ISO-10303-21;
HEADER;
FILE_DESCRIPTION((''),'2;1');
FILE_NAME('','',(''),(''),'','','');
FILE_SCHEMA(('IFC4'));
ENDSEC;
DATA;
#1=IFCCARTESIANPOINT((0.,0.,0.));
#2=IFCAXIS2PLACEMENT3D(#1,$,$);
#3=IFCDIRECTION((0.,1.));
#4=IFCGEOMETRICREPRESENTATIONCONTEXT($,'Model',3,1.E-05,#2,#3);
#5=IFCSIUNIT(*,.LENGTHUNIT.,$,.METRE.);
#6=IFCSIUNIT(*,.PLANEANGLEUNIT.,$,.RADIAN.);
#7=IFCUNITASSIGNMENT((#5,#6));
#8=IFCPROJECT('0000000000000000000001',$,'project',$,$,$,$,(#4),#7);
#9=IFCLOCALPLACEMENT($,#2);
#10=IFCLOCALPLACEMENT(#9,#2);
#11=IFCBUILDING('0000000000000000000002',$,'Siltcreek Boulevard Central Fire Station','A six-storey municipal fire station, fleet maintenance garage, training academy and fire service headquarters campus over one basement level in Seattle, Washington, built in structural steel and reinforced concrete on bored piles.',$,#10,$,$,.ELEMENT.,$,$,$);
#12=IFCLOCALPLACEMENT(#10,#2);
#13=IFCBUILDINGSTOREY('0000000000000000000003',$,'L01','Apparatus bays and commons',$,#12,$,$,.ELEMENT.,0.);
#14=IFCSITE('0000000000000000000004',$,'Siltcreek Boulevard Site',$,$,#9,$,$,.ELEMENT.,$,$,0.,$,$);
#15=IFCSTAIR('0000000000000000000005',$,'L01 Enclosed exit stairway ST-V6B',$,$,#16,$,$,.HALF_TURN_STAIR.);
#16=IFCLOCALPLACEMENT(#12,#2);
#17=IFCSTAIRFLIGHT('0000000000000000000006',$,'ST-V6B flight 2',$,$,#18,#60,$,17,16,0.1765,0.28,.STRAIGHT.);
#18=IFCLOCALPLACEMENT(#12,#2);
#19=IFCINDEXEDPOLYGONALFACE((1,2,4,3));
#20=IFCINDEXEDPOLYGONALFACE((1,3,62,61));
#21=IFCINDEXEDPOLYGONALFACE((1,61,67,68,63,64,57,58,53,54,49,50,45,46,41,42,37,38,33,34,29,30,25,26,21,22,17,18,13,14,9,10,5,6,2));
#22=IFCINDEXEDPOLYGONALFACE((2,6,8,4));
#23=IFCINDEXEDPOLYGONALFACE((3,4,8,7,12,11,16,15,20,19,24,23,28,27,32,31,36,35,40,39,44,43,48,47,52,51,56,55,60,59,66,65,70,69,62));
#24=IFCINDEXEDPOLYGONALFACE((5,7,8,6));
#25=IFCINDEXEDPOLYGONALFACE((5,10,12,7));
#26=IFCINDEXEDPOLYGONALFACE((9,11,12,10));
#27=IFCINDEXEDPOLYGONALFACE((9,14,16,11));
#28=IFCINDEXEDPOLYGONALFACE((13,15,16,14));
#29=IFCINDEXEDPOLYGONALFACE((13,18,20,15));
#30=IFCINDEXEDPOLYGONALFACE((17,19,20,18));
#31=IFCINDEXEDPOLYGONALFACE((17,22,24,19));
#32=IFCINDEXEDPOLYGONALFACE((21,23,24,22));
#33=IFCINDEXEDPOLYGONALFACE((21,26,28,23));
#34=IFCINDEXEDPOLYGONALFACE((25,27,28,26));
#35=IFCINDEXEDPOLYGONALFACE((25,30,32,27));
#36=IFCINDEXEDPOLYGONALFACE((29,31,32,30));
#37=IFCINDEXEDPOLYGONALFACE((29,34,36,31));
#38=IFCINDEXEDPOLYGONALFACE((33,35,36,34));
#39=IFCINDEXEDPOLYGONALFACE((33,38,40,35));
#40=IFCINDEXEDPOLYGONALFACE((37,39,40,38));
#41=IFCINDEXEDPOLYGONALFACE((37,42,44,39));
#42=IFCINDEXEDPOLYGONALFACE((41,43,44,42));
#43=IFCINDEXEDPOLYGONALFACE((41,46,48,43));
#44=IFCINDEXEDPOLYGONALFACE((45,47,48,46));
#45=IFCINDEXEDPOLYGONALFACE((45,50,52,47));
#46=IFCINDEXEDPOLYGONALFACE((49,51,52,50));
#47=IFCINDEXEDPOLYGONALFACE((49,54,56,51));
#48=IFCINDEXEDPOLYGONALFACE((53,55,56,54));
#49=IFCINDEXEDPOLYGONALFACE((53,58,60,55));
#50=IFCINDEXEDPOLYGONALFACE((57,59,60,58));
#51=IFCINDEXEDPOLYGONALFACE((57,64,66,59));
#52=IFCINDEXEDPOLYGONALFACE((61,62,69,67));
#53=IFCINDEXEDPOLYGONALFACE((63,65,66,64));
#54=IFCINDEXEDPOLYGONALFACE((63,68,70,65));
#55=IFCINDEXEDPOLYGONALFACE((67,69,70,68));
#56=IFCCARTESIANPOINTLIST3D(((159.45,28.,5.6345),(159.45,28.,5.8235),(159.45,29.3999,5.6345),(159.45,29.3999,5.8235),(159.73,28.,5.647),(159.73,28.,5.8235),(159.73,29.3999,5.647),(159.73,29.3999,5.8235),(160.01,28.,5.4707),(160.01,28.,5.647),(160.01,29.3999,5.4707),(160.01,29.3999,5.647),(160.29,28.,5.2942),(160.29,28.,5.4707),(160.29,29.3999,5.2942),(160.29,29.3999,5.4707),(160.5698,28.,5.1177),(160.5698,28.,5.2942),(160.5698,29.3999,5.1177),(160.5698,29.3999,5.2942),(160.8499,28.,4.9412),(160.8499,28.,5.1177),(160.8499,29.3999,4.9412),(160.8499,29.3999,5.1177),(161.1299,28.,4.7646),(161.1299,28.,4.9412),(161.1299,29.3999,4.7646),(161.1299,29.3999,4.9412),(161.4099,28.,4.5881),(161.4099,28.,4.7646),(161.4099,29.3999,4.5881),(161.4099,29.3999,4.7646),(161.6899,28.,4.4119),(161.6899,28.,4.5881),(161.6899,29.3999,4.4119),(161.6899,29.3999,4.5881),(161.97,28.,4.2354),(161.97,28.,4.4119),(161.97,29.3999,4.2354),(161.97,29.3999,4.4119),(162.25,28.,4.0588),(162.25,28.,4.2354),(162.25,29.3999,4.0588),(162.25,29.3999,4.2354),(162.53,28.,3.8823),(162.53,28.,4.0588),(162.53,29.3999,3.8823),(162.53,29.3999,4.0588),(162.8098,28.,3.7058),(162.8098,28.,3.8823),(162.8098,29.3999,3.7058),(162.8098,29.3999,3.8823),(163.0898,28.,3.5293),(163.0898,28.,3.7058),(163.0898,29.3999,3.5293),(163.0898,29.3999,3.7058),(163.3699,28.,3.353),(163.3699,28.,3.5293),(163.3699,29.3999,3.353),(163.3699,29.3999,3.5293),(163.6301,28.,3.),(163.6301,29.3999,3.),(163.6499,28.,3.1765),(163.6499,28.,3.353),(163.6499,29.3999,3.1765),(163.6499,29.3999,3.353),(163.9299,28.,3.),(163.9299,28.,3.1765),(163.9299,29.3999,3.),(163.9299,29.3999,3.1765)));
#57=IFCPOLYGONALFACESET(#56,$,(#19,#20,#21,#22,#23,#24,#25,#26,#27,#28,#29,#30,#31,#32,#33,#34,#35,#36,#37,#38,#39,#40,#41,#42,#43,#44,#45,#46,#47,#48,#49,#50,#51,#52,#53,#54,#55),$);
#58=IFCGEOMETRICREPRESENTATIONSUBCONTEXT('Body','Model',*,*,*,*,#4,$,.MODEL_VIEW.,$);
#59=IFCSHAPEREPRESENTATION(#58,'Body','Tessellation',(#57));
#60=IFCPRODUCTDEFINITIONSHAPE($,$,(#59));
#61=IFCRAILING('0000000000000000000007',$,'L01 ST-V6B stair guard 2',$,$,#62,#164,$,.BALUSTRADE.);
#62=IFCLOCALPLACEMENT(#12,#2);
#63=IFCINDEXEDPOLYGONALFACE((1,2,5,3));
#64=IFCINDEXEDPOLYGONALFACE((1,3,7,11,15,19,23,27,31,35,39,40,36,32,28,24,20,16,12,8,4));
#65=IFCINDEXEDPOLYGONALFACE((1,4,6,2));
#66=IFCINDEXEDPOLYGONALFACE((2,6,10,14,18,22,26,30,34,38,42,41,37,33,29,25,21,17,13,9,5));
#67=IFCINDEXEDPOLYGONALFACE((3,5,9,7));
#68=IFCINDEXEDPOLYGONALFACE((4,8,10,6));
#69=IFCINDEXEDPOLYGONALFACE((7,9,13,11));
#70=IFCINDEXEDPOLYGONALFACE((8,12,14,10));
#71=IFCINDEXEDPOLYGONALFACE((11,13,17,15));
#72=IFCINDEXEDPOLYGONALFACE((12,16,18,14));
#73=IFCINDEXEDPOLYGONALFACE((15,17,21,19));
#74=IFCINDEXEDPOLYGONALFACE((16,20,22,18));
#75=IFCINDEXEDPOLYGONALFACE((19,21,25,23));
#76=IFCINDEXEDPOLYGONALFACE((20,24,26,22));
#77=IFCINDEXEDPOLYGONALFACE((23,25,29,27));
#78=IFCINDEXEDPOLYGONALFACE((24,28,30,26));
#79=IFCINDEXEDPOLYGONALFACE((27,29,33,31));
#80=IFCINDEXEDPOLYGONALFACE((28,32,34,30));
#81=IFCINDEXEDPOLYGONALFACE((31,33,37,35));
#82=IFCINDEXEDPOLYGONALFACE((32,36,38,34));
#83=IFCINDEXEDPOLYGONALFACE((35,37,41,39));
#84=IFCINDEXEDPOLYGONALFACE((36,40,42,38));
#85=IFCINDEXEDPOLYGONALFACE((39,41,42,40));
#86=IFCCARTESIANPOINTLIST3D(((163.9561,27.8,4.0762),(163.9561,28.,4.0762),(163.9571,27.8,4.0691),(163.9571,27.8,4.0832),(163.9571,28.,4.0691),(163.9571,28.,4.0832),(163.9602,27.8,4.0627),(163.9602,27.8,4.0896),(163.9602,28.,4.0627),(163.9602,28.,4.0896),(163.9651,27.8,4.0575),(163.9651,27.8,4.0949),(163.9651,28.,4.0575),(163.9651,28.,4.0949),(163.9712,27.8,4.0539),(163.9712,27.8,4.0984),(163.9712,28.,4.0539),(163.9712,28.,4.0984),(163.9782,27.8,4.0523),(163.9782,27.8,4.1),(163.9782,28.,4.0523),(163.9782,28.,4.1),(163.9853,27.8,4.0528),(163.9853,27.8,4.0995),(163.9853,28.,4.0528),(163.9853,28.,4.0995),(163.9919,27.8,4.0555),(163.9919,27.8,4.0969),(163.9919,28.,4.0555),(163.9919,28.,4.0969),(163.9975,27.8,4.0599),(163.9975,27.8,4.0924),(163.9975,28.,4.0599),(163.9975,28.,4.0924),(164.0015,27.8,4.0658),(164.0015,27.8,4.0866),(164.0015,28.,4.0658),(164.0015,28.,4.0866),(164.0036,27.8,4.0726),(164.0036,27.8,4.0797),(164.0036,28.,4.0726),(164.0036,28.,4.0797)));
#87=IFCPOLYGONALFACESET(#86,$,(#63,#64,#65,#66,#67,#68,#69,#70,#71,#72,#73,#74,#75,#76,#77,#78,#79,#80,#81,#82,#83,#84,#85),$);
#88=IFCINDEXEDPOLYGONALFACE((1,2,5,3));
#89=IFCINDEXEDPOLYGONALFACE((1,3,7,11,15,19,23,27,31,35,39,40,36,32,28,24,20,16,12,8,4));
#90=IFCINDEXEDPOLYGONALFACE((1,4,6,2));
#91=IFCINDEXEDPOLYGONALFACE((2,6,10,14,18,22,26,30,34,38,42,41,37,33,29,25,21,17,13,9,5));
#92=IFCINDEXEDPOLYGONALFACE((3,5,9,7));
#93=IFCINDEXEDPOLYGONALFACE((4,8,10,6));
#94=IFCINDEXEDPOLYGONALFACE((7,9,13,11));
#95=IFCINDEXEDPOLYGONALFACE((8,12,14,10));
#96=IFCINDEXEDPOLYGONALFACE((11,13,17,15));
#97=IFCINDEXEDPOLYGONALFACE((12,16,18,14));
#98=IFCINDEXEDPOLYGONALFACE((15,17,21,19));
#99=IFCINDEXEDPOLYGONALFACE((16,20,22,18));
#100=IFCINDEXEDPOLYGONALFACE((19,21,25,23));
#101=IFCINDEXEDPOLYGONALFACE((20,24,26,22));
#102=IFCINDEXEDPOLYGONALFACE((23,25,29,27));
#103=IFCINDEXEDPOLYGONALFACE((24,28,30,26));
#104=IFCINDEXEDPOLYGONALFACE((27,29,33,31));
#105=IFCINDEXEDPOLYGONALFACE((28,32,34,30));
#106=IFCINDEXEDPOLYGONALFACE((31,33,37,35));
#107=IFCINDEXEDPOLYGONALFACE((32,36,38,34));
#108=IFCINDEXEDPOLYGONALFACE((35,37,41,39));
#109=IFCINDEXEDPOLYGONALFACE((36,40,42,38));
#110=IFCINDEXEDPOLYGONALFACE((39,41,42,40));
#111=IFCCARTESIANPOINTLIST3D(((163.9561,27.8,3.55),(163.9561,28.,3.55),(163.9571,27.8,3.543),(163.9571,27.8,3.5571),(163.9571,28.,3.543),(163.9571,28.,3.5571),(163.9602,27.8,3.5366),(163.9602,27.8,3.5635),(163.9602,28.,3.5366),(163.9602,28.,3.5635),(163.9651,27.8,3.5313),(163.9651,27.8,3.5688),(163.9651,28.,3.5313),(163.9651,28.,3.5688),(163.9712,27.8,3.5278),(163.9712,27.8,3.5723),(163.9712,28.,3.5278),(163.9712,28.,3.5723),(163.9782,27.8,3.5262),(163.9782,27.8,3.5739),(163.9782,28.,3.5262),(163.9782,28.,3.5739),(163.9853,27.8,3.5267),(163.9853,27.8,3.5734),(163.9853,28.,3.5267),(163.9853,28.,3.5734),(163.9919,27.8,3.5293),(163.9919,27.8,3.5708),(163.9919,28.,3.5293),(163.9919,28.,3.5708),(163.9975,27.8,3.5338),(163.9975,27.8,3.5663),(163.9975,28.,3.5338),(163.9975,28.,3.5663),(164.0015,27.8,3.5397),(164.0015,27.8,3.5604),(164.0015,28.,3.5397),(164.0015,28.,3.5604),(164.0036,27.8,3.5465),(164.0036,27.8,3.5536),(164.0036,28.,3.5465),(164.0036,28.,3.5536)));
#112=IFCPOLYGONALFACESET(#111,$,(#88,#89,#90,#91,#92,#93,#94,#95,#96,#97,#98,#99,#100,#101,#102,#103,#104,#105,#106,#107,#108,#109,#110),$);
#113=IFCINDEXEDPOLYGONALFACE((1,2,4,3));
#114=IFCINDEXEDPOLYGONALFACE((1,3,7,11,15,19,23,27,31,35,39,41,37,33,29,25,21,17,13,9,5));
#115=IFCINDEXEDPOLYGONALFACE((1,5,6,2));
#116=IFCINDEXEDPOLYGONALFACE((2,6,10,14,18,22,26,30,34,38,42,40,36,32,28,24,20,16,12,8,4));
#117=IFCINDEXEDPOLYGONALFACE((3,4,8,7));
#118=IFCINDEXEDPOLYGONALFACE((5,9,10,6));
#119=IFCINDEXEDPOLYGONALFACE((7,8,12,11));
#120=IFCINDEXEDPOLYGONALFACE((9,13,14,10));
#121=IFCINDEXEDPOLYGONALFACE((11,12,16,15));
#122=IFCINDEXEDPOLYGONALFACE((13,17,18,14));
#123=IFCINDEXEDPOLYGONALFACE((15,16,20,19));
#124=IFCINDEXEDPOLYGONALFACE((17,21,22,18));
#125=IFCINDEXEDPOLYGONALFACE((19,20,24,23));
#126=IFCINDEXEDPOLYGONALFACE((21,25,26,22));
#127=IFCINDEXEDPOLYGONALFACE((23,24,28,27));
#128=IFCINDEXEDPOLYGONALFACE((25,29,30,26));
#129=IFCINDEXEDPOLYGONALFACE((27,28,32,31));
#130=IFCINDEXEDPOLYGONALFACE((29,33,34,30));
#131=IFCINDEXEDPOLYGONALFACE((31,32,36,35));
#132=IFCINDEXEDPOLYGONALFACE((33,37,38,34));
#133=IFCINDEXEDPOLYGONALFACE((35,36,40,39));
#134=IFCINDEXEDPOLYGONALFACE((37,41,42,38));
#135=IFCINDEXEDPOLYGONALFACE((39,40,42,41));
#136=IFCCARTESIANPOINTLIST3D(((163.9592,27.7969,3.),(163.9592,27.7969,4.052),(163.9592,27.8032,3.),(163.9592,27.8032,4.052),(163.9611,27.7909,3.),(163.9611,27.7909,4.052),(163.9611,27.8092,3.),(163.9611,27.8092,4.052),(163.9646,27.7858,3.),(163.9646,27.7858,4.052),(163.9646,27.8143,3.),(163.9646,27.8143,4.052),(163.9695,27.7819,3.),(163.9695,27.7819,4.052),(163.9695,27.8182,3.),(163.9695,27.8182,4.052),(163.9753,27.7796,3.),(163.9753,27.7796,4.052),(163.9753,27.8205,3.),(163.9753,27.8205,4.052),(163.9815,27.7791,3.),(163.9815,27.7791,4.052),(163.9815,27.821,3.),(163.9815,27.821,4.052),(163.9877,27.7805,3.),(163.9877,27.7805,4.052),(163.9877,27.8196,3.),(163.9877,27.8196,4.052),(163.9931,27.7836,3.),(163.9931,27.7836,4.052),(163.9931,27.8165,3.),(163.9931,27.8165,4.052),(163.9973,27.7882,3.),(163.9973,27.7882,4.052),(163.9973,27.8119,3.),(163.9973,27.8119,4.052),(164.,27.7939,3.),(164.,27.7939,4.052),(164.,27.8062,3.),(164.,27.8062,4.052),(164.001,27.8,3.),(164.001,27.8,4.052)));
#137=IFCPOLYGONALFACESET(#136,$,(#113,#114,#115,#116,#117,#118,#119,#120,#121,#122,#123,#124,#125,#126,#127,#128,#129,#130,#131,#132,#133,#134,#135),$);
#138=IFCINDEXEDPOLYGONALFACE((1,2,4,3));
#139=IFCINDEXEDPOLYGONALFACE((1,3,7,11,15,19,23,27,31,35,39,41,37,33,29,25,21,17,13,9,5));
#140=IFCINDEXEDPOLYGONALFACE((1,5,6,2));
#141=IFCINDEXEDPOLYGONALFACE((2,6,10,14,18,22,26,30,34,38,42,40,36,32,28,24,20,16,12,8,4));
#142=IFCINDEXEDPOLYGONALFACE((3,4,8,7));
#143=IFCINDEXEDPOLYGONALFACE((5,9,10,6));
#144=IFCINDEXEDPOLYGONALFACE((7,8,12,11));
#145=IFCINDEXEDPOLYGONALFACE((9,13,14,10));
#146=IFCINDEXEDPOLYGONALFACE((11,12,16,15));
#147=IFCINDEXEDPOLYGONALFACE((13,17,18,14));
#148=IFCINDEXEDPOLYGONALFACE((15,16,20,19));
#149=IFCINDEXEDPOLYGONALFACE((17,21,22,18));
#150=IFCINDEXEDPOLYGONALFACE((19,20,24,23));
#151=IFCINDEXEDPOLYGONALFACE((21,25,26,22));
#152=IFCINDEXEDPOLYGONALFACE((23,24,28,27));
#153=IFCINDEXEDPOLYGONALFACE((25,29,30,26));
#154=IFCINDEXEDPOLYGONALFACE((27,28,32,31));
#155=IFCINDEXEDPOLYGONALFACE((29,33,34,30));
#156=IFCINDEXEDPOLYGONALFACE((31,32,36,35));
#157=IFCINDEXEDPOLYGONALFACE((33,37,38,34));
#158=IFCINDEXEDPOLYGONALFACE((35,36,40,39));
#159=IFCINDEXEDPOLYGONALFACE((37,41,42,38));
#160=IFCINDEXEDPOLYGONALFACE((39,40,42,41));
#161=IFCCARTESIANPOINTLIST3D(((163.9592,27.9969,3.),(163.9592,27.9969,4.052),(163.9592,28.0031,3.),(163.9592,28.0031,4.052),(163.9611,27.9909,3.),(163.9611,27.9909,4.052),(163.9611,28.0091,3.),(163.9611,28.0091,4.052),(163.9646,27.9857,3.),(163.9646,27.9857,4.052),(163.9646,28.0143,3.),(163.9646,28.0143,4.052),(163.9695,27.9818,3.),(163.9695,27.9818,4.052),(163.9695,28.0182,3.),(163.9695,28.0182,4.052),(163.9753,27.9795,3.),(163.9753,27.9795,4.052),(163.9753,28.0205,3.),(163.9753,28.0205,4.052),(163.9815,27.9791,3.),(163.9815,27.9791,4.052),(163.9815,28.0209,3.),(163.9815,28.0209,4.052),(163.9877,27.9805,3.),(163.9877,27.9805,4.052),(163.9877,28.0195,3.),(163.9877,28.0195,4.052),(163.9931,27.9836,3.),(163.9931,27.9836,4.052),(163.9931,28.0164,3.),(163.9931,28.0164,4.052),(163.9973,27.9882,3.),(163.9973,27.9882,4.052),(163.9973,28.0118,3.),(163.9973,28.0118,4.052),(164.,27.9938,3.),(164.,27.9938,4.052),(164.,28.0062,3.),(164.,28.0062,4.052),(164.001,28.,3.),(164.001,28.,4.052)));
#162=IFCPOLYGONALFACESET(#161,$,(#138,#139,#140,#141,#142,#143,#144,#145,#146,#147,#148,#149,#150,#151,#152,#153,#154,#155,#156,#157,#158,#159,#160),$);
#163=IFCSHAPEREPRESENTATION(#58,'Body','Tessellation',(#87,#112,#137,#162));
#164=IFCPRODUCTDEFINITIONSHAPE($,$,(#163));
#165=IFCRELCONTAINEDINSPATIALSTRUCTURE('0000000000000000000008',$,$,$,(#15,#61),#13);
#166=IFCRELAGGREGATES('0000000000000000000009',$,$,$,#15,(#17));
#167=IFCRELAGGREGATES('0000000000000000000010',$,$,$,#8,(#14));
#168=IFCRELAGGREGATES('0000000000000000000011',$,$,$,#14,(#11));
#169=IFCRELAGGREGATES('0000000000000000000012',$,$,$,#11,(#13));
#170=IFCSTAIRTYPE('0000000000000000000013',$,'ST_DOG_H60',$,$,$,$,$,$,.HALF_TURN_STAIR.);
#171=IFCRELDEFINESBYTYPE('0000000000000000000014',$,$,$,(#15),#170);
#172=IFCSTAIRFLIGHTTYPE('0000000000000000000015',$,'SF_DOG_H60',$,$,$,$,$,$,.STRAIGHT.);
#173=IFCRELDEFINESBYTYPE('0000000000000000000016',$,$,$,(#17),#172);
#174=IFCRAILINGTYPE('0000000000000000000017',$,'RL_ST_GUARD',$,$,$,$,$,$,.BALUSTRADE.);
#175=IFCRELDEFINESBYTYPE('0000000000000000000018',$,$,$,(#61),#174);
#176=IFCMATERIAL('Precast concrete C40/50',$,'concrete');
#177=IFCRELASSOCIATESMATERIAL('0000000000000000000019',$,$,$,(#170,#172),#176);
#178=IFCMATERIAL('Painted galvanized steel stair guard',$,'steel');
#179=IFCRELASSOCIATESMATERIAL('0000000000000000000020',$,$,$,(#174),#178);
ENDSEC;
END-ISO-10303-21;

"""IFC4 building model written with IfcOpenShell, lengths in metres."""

from ifc_helpers import new_model, si_unit, direction, frame, origin, origin_2d, place, context, subcontext, project, spatial, polyline, circle, outline, extrude, material, type_object, element, aggregate, save


model = new_model("IFC4")

# Units and contexts
model_context = context("Model", 3, precision=1e-05, world=origin(), true_north=direction((0.0, 1.0)))
body_context = subcontext(model_context, "Body", "Model", "MODEL_VIEW")
ifc_project = project(units=[si_unit("LENGTHUNIT", "METRE"), si_unit("PLANEANGLEUNIT", "RADIAN")], contexts=[model_context])

# Site, building, storey
site_placement = place(None, origin())
site = spatial("IfcSite", under=ifc_project, at=site_placement, Name="Siltcreek Boulevard Site", CompositionType="ELEMENT", RefElevation=0.0)
building_placement = place(site_placement, origin())
building = spatial("IfcBuilding", under=site, at=building_placement, Name="Siltcreek Boulevard Central Fire Station", Description="A six-storey municipal fire station, fleet maintenance garage, training academy and fire service headquarters campus over one basement level in Seattle, Washington, built in structural steel and reinforced concrete on bored piles.", CompositionType="ELEMENT")
storey_placement = place(building_placement, origin())
storey = spatial("IfcBuildingStorey", under=building, at=storey_placement, Name="L01", Description="Apparatus bays and commons", CompositionType="ELEMENT", Elevation=0.0)

# Stair, stair flight
ifc_material_1 = material(Name="Precast concrete C40/50", Category="concrete")
stair_type = type_object("IfcStairType", Name="ST_DOG_H60", PredefinedType="HALF_TURN_STAIR", material=ifc_material_1)
stair_placement = place(storey_placement, origin())
stair = element("IfcStair", 1, at=stair_placement, inside=storey, type_object=stair_type, Name="L01 Enclosed exit stairway ST-V6B", PredefinedType="HALF_TURN_STAIR")
stair_flight_type = type_object("IfcStairFlightType", Name="SF_DOG_H60", PredefinedType="STRAIGHT", material=ifc_material_1)
stair_flight_placement = place(storey_placement, frame((163.9299, 28.7, 3.0), z_axis=(0.0, 0.0, 1.0), x_axis=(-1.0, 0.0, 0.0)))
stair_flight = element("IfcStairFlight", 2, at=stair_flight_placement, type_object=stair_flight_type, Name="ST-V6B flight 2", NumberOfRisers=17, NumberOfTreads=16, PredefinedType="STRAIGHT", RiserHeight=0.1765, TreadLength=0.28, context=body_context, shape_type="SweptSolid", body=[
    extrude(outline(polyline([(0.0, 0.0), (0.0, 0.1765), (0.28, 0.1765), (0.28, 0.353), (0.5601, 0.353), (0.5601, 0.5293), (0.8401, 0.5293), (0.8401, 0.7058), (1.1201, 0.7058), (1.1201, 0.8823), (1.3999, 0.8823), (1.3999, 1.0588), (1.6799, 1.0588), (1.6799, 1.2354), (1.96, 1.2354), (1.96, 1.4119), (2.24, 1.4119), (2.24, 1.5881), (2.52, 1.5881), (2.52, 1.7646), (2.8, 1.7646), (2.8, 1.9412), (3.0801, 1.9412), (3.0801, 2.1177), (3.3601, 2.1177), (3.3601, 2.2942), (3.6399, 2.2942), (3.6399, 2.4707), (3.9199, 2.4707), (3.9199, 2.647), (4.2, 2.647), (4.2, 2.8235), (4.48, 2.8235), (4.48, 3.0), (4.48, 2.6345), (0.2998, 0.0), (0.0, 0.0)])), frame((0.0, 0.7, 0.0), z_axis=(0.0, -1.0, 0.0), x_axis=(1.0, 0.0, 0.0)), (0.0, 0.0, 1.0), 1.3999),
])
aggregate(stair, [stair_flight])

# Railing
ifc_material_2 = material(Name="Painted galvanized steel stair guard", Category="steel")
railing_type_1 = type_object("IfcRailingType", Name="RL_ST_GUARD", PredefinedType="BALUSTRADE", material=ifc_material_2)
railing_1_placement = place(storey_placement, frame((163.98, 27.8, 3.0)))
element("IfcRailing", 3, at=railing_1_placement, inside=storey, type_object=railing_type_1, Name="L01 ST-V6B stair guard 2", PredefinedType="BALUSTRADE", context=body_context, shape_type="SweptSolid", body=[
    extrude(circle(Radius=0.0239, at=origin_2d()), frame((0.0, 0.0, 1.0762), z_axis=(0.0, 1.0, 0.0), x_axis=(-1.0, 0.0, 0.0)), (0.0, 0.0, 1.0), 0.2),
    extrude(circle(Radius=0.0239, at=origin_2d()), frame((0.0, 0.0, 0.55), z_axis=(0.0, 1.0, 0.0), x_axis=(-1.0, 0.0, 0.0)), (0.0, 0.0, 1.0), 0.2),
    extrude(circle(Radius=0.021, at=origin_2d()), origin(), (0.0, 0.0, 1.0), 1.052),
    extrude(circle(Radius=0.021, at=origin_2d()), frame((0.0, 0.2, 0.0)), (0.0, 0.0, 1.0), 1.052),
])

save(model, "model.ifc")
